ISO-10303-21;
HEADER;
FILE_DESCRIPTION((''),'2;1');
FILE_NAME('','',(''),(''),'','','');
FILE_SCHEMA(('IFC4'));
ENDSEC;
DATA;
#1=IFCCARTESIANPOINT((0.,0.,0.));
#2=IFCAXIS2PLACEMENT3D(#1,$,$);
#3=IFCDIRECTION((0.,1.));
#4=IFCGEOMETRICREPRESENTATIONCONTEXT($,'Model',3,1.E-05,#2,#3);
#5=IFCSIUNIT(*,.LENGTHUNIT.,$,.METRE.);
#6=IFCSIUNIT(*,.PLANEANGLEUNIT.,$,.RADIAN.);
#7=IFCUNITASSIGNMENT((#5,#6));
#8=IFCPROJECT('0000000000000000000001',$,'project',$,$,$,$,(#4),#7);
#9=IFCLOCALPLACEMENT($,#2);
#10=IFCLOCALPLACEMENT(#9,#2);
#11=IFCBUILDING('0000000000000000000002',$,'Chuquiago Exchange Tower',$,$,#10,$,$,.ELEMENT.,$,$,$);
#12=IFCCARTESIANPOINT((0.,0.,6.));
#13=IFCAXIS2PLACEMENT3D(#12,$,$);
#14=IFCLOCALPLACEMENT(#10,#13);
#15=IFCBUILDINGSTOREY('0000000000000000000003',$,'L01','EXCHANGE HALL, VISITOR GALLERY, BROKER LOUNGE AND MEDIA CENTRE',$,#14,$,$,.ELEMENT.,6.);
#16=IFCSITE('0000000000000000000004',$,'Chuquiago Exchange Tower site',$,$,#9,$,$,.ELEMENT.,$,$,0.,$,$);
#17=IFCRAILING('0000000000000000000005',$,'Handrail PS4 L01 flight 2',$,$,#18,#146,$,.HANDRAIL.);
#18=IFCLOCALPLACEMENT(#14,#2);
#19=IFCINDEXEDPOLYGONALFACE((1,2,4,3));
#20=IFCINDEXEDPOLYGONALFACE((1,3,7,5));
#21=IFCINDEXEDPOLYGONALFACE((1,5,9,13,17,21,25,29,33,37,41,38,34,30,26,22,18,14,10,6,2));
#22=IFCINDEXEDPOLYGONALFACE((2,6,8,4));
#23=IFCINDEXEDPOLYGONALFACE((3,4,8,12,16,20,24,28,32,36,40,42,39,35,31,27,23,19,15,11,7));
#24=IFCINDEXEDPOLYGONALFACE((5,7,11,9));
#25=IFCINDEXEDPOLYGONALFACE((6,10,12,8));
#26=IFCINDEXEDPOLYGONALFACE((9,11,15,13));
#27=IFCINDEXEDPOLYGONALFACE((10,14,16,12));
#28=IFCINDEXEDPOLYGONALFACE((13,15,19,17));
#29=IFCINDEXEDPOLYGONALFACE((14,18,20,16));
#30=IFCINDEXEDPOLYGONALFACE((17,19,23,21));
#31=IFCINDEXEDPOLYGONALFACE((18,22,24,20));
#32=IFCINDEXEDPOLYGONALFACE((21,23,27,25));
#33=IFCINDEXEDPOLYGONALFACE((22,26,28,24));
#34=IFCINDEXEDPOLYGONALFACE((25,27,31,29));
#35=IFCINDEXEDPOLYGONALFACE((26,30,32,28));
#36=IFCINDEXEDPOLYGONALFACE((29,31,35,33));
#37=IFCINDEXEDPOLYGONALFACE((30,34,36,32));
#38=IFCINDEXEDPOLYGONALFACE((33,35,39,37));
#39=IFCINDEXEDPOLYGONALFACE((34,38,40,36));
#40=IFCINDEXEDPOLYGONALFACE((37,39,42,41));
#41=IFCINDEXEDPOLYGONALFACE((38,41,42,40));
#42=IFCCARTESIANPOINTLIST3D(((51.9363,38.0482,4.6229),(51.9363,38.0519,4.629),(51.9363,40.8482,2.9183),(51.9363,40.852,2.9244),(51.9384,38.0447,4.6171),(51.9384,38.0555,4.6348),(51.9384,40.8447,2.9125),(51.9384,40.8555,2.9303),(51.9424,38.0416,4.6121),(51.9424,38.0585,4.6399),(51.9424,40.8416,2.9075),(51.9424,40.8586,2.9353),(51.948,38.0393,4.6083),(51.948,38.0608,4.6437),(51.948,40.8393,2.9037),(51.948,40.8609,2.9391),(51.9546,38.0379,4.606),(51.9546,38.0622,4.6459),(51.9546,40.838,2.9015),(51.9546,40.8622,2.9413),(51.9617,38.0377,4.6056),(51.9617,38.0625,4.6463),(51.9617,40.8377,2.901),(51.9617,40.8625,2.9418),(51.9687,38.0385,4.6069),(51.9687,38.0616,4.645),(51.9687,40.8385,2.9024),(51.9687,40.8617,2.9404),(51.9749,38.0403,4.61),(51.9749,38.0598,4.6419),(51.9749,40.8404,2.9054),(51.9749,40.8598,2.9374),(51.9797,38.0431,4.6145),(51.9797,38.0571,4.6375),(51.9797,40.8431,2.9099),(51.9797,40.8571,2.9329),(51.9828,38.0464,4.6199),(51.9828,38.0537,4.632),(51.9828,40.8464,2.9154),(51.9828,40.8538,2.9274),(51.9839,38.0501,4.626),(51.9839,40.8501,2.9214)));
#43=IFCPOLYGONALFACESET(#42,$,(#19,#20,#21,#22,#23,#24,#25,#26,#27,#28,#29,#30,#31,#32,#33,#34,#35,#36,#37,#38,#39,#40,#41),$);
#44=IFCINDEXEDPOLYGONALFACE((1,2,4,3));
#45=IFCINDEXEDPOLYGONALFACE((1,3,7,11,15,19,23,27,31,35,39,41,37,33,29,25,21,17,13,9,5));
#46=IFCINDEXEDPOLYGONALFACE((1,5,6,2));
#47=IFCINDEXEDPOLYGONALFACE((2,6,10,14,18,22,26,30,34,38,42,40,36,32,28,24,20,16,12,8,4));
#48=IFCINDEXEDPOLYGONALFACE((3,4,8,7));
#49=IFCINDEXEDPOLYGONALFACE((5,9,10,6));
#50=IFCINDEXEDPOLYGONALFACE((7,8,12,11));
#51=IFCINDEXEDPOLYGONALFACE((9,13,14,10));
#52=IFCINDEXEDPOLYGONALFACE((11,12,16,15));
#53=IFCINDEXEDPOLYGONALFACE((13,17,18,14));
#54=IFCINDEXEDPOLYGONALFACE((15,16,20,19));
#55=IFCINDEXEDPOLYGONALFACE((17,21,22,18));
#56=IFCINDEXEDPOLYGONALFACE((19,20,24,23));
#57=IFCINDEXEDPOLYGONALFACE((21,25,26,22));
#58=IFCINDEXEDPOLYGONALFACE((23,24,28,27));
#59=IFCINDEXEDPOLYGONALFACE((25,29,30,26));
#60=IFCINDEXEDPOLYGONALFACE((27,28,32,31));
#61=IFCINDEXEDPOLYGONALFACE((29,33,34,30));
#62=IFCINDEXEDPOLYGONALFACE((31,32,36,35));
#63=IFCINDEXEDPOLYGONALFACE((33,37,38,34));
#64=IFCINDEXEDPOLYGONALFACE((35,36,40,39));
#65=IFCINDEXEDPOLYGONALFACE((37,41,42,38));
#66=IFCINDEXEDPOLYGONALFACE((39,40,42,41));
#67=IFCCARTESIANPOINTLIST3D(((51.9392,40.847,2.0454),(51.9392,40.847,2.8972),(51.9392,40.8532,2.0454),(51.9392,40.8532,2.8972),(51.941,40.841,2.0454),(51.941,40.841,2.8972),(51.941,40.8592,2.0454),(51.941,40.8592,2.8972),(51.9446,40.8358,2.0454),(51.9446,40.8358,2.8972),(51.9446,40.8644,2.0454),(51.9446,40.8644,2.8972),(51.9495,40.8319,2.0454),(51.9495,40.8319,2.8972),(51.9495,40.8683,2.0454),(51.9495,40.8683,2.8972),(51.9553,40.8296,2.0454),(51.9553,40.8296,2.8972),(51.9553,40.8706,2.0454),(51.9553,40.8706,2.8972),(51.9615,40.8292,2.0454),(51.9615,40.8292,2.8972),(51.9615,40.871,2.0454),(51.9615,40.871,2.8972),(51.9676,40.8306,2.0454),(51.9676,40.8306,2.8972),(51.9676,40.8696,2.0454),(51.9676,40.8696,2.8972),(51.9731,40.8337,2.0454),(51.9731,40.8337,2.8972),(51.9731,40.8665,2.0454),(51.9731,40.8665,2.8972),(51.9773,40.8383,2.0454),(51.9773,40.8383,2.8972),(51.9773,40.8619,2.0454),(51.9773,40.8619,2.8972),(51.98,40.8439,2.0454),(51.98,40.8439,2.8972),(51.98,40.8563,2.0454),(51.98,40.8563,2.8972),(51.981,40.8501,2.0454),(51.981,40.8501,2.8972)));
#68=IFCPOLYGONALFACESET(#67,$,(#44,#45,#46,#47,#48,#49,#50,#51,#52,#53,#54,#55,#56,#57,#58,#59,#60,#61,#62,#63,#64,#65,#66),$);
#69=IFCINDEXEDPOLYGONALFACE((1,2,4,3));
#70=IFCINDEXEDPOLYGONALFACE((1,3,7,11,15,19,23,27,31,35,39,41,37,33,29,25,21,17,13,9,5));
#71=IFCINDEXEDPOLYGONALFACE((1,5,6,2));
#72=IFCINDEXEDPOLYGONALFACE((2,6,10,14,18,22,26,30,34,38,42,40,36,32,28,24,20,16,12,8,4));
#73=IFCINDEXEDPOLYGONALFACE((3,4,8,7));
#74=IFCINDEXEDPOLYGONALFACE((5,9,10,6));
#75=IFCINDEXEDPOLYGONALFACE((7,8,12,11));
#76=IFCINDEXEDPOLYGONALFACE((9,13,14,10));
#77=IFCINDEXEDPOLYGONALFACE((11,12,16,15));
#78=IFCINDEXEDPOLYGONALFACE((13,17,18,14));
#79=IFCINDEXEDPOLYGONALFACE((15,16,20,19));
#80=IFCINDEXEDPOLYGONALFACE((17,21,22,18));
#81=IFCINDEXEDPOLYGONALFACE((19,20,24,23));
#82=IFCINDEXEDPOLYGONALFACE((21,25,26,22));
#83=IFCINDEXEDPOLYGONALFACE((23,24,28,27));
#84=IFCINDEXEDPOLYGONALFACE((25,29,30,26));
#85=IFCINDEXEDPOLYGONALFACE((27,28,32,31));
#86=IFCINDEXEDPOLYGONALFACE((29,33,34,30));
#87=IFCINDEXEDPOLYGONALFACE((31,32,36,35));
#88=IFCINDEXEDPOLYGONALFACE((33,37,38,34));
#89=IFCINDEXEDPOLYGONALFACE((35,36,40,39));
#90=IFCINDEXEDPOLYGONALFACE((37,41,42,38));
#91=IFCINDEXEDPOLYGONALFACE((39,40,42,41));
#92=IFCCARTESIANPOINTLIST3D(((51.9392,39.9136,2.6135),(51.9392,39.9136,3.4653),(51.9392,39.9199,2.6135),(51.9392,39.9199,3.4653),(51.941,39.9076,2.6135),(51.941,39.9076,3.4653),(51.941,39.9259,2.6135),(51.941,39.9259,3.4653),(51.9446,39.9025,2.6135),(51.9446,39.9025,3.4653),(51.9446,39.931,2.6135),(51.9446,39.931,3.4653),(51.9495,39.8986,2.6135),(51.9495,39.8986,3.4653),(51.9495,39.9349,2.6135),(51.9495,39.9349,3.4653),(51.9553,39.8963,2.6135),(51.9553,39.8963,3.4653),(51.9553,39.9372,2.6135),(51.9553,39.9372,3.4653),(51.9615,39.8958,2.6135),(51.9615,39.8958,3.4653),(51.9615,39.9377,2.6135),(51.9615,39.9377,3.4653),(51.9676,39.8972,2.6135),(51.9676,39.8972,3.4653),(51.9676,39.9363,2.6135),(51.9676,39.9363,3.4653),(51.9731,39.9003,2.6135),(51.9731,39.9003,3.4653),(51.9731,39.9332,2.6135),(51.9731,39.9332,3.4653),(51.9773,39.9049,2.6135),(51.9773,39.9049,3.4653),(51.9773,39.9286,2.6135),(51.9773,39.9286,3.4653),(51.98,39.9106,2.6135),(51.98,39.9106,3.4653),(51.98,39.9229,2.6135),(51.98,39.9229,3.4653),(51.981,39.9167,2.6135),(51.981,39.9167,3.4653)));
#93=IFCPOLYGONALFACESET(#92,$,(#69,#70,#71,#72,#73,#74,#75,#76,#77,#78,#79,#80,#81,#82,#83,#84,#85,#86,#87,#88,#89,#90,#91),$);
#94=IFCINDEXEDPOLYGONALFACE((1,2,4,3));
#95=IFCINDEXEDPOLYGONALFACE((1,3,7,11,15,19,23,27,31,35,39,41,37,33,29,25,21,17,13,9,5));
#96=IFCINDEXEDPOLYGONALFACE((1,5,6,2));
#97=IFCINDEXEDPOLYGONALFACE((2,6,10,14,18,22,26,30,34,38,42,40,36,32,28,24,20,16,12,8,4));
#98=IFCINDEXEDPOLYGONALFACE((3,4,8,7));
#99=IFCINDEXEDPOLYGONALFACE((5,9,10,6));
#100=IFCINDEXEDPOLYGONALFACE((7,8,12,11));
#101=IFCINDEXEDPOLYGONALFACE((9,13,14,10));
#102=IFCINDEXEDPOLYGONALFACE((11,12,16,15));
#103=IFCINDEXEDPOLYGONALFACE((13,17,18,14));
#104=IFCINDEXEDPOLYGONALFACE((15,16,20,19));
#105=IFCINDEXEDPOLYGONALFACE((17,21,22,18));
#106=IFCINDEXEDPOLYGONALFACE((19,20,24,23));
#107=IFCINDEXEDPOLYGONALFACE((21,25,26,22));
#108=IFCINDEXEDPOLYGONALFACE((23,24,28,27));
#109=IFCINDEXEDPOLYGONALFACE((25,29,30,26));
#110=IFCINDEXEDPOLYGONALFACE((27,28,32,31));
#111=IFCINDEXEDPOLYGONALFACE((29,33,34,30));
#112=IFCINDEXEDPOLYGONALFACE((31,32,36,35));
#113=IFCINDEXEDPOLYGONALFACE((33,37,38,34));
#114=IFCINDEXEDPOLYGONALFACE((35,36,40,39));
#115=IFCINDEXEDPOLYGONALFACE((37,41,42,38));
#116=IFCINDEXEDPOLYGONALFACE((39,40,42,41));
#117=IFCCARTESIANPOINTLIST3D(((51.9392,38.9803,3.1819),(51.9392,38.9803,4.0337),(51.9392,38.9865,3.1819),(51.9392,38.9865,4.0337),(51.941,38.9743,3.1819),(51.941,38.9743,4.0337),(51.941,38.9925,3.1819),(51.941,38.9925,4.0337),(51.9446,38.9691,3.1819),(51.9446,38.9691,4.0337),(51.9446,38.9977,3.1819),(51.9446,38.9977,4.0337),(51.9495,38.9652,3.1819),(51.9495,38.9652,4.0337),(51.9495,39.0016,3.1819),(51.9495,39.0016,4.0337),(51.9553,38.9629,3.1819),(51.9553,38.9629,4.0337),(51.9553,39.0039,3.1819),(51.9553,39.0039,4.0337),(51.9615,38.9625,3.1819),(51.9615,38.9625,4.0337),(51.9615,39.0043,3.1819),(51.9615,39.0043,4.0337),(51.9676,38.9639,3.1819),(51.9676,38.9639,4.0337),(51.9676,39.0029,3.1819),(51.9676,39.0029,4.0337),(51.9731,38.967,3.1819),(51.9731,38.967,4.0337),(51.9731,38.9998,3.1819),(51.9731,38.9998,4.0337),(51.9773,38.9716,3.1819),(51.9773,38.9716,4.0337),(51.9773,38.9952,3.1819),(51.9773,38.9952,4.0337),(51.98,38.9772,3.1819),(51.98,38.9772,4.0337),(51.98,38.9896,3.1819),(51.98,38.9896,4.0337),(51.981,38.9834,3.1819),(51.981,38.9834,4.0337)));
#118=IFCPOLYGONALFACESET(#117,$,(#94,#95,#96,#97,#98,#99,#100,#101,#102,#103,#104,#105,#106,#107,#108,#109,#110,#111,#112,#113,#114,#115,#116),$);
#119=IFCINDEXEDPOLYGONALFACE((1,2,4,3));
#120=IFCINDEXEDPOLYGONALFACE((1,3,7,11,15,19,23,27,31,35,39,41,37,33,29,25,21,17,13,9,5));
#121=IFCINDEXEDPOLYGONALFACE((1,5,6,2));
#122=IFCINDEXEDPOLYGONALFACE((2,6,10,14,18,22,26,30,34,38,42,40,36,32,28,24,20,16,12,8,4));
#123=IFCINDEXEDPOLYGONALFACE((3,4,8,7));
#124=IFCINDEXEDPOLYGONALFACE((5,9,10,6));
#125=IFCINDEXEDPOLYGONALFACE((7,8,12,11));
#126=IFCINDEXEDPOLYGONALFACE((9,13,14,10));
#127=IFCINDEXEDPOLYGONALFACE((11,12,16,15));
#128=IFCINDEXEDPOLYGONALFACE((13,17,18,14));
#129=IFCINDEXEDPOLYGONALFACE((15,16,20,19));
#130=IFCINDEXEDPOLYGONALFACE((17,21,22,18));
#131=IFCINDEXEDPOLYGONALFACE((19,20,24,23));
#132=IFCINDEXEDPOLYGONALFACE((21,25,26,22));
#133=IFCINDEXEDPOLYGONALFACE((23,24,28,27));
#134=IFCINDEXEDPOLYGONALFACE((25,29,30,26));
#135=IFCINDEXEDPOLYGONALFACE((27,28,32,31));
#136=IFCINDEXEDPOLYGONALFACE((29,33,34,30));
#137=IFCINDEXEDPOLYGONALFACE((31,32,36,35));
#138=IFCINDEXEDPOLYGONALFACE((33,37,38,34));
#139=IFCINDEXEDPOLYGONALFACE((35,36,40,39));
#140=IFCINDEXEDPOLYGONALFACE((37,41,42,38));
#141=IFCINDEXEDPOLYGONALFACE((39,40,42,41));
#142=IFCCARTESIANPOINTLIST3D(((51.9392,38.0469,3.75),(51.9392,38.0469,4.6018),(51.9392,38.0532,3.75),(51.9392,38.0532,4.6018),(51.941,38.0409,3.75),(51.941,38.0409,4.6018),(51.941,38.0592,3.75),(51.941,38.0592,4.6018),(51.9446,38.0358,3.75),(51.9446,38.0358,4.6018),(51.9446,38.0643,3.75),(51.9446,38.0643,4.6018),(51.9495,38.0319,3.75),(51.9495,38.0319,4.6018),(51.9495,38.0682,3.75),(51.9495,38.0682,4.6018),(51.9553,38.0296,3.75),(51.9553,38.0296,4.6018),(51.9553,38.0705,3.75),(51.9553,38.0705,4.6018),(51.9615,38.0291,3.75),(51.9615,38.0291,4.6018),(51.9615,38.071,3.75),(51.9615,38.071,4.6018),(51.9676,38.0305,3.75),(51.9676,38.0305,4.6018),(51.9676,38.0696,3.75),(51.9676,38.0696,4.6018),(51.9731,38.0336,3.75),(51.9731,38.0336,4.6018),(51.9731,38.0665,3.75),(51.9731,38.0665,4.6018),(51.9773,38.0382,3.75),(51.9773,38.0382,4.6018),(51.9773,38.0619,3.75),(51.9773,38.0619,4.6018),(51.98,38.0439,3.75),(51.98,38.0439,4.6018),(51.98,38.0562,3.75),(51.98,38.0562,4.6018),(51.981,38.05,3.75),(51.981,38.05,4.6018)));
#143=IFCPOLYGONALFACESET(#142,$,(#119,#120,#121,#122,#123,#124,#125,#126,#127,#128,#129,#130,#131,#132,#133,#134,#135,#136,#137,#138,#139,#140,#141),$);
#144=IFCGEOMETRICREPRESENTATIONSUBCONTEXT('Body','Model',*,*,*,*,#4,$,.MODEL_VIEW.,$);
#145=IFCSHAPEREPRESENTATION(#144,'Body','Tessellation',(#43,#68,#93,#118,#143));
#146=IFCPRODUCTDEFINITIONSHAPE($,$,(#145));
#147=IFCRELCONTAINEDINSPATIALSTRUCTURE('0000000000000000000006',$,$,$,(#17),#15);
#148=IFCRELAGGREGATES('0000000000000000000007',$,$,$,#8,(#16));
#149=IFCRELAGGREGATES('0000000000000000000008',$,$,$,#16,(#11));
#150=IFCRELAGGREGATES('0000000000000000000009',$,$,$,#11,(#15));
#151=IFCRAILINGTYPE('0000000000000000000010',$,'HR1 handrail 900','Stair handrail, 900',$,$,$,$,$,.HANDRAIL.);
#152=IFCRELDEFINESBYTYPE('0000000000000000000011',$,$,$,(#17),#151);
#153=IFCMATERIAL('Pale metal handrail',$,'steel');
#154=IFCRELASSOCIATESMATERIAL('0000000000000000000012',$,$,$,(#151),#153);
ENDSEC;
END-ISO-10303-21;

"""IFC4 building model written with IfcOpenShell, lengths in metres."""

from ifc_helpers import new_model, si_unit, direction, frame, origin, origin_2d, place, context, subcontext, project, spatial, circle, extrude, material, type_object, element, save


model = new_model("IFC4")

# Units and contexts
model_context = context("Model", 3, precision=1e-05, world=origin(), true_north=direction((0.0, 1.0)))
body_context = subcontext(model_context, "Body", "Model", "MODEL_VIEW")
ifc_project = project(units=[si_unit("LENGTHUNIT", "METRE"), si_unit("PLANEANGLEUNIT", "RADIAN")], contexts=[model_context])

# Site, building, storey
site_placement = place(None, origin())
site = spatial("IfcSite", under=ifc_project, at=site_placement, Name="Chuquiago Exchange Tower site", CompositionType="ELEMENT", RefElevation=0.0)
building_placement = place(site_placement, origin())
building = spatial("IfcBuilding", under=site, at=building_placement, Name="Chuquiago Exchange Tower", CompositionType="ELEMENT")
storey_placement = place(building_placement, frame((0.0, 0.0, 6.0)))
storey = spatial("IfcBuildingStorey", under=building, at=storey_placement, Name="L01", Description="EXCHANGE HALL, VISITOR GALLERY, BROKER LOUNGE AND MEDIA CENTRE", CompositionType="ELEMENT", Elevation=6.0)

# Railing
ifc_material_1 = material(Name="Pale metal handrail", Category="steel")
railing_type = type_object("IfcRailingType", Name="HR1 handrail 900", Description="Stair handrail, 900", PredefinedType="HANDRAIL", material=ifc_material_1)
for number, where, name in (
    (1, (51.96, 40.8501, 2.0454), "Handrail PS4 L01 flight 2"),
):
    element("IfcRailing", number, at=place(storey_placement, frame(where)), inside=storey, type_object=railing_type, Name=name, PredefinedType="HANDRAIL", context=body_context, shape_type="SweptSolid", body=[
        extrude(circle(Radius=0.0239, at=origin_2d()), frame((0.0, 0.0, 0.876), z_axis=(0.0, -0.85417, 0.519994), x_axis=(1.0, 0.0, 0.0)), (0.0, 0.0, 1.0), 3.2781),
        extrude(circle(Radius=0.021, at=origin_2d()), origin(), (0.0, 0.0, 1.0), 0.8518),
        extrude(circle(Radius=0.021, at=origin_2d()), frame((0.0, -0.9333, 0.5681)), (0.0, 0.0, 1.0), 0.8518),
        extrude(circle(Radius=0.021, at=origin_2d()), frame((0.0, -1.8667, 1.1365)), (0.0, 0.0, 1.0), 0.8518),
        extrude(circle(Radius=0.021, at=origin_2d()), frame((0.0, -2.8, 1.7046)), (0.0, 0.0, 1.0), 0.8518),
    ])

save(model, "model.ifc")
